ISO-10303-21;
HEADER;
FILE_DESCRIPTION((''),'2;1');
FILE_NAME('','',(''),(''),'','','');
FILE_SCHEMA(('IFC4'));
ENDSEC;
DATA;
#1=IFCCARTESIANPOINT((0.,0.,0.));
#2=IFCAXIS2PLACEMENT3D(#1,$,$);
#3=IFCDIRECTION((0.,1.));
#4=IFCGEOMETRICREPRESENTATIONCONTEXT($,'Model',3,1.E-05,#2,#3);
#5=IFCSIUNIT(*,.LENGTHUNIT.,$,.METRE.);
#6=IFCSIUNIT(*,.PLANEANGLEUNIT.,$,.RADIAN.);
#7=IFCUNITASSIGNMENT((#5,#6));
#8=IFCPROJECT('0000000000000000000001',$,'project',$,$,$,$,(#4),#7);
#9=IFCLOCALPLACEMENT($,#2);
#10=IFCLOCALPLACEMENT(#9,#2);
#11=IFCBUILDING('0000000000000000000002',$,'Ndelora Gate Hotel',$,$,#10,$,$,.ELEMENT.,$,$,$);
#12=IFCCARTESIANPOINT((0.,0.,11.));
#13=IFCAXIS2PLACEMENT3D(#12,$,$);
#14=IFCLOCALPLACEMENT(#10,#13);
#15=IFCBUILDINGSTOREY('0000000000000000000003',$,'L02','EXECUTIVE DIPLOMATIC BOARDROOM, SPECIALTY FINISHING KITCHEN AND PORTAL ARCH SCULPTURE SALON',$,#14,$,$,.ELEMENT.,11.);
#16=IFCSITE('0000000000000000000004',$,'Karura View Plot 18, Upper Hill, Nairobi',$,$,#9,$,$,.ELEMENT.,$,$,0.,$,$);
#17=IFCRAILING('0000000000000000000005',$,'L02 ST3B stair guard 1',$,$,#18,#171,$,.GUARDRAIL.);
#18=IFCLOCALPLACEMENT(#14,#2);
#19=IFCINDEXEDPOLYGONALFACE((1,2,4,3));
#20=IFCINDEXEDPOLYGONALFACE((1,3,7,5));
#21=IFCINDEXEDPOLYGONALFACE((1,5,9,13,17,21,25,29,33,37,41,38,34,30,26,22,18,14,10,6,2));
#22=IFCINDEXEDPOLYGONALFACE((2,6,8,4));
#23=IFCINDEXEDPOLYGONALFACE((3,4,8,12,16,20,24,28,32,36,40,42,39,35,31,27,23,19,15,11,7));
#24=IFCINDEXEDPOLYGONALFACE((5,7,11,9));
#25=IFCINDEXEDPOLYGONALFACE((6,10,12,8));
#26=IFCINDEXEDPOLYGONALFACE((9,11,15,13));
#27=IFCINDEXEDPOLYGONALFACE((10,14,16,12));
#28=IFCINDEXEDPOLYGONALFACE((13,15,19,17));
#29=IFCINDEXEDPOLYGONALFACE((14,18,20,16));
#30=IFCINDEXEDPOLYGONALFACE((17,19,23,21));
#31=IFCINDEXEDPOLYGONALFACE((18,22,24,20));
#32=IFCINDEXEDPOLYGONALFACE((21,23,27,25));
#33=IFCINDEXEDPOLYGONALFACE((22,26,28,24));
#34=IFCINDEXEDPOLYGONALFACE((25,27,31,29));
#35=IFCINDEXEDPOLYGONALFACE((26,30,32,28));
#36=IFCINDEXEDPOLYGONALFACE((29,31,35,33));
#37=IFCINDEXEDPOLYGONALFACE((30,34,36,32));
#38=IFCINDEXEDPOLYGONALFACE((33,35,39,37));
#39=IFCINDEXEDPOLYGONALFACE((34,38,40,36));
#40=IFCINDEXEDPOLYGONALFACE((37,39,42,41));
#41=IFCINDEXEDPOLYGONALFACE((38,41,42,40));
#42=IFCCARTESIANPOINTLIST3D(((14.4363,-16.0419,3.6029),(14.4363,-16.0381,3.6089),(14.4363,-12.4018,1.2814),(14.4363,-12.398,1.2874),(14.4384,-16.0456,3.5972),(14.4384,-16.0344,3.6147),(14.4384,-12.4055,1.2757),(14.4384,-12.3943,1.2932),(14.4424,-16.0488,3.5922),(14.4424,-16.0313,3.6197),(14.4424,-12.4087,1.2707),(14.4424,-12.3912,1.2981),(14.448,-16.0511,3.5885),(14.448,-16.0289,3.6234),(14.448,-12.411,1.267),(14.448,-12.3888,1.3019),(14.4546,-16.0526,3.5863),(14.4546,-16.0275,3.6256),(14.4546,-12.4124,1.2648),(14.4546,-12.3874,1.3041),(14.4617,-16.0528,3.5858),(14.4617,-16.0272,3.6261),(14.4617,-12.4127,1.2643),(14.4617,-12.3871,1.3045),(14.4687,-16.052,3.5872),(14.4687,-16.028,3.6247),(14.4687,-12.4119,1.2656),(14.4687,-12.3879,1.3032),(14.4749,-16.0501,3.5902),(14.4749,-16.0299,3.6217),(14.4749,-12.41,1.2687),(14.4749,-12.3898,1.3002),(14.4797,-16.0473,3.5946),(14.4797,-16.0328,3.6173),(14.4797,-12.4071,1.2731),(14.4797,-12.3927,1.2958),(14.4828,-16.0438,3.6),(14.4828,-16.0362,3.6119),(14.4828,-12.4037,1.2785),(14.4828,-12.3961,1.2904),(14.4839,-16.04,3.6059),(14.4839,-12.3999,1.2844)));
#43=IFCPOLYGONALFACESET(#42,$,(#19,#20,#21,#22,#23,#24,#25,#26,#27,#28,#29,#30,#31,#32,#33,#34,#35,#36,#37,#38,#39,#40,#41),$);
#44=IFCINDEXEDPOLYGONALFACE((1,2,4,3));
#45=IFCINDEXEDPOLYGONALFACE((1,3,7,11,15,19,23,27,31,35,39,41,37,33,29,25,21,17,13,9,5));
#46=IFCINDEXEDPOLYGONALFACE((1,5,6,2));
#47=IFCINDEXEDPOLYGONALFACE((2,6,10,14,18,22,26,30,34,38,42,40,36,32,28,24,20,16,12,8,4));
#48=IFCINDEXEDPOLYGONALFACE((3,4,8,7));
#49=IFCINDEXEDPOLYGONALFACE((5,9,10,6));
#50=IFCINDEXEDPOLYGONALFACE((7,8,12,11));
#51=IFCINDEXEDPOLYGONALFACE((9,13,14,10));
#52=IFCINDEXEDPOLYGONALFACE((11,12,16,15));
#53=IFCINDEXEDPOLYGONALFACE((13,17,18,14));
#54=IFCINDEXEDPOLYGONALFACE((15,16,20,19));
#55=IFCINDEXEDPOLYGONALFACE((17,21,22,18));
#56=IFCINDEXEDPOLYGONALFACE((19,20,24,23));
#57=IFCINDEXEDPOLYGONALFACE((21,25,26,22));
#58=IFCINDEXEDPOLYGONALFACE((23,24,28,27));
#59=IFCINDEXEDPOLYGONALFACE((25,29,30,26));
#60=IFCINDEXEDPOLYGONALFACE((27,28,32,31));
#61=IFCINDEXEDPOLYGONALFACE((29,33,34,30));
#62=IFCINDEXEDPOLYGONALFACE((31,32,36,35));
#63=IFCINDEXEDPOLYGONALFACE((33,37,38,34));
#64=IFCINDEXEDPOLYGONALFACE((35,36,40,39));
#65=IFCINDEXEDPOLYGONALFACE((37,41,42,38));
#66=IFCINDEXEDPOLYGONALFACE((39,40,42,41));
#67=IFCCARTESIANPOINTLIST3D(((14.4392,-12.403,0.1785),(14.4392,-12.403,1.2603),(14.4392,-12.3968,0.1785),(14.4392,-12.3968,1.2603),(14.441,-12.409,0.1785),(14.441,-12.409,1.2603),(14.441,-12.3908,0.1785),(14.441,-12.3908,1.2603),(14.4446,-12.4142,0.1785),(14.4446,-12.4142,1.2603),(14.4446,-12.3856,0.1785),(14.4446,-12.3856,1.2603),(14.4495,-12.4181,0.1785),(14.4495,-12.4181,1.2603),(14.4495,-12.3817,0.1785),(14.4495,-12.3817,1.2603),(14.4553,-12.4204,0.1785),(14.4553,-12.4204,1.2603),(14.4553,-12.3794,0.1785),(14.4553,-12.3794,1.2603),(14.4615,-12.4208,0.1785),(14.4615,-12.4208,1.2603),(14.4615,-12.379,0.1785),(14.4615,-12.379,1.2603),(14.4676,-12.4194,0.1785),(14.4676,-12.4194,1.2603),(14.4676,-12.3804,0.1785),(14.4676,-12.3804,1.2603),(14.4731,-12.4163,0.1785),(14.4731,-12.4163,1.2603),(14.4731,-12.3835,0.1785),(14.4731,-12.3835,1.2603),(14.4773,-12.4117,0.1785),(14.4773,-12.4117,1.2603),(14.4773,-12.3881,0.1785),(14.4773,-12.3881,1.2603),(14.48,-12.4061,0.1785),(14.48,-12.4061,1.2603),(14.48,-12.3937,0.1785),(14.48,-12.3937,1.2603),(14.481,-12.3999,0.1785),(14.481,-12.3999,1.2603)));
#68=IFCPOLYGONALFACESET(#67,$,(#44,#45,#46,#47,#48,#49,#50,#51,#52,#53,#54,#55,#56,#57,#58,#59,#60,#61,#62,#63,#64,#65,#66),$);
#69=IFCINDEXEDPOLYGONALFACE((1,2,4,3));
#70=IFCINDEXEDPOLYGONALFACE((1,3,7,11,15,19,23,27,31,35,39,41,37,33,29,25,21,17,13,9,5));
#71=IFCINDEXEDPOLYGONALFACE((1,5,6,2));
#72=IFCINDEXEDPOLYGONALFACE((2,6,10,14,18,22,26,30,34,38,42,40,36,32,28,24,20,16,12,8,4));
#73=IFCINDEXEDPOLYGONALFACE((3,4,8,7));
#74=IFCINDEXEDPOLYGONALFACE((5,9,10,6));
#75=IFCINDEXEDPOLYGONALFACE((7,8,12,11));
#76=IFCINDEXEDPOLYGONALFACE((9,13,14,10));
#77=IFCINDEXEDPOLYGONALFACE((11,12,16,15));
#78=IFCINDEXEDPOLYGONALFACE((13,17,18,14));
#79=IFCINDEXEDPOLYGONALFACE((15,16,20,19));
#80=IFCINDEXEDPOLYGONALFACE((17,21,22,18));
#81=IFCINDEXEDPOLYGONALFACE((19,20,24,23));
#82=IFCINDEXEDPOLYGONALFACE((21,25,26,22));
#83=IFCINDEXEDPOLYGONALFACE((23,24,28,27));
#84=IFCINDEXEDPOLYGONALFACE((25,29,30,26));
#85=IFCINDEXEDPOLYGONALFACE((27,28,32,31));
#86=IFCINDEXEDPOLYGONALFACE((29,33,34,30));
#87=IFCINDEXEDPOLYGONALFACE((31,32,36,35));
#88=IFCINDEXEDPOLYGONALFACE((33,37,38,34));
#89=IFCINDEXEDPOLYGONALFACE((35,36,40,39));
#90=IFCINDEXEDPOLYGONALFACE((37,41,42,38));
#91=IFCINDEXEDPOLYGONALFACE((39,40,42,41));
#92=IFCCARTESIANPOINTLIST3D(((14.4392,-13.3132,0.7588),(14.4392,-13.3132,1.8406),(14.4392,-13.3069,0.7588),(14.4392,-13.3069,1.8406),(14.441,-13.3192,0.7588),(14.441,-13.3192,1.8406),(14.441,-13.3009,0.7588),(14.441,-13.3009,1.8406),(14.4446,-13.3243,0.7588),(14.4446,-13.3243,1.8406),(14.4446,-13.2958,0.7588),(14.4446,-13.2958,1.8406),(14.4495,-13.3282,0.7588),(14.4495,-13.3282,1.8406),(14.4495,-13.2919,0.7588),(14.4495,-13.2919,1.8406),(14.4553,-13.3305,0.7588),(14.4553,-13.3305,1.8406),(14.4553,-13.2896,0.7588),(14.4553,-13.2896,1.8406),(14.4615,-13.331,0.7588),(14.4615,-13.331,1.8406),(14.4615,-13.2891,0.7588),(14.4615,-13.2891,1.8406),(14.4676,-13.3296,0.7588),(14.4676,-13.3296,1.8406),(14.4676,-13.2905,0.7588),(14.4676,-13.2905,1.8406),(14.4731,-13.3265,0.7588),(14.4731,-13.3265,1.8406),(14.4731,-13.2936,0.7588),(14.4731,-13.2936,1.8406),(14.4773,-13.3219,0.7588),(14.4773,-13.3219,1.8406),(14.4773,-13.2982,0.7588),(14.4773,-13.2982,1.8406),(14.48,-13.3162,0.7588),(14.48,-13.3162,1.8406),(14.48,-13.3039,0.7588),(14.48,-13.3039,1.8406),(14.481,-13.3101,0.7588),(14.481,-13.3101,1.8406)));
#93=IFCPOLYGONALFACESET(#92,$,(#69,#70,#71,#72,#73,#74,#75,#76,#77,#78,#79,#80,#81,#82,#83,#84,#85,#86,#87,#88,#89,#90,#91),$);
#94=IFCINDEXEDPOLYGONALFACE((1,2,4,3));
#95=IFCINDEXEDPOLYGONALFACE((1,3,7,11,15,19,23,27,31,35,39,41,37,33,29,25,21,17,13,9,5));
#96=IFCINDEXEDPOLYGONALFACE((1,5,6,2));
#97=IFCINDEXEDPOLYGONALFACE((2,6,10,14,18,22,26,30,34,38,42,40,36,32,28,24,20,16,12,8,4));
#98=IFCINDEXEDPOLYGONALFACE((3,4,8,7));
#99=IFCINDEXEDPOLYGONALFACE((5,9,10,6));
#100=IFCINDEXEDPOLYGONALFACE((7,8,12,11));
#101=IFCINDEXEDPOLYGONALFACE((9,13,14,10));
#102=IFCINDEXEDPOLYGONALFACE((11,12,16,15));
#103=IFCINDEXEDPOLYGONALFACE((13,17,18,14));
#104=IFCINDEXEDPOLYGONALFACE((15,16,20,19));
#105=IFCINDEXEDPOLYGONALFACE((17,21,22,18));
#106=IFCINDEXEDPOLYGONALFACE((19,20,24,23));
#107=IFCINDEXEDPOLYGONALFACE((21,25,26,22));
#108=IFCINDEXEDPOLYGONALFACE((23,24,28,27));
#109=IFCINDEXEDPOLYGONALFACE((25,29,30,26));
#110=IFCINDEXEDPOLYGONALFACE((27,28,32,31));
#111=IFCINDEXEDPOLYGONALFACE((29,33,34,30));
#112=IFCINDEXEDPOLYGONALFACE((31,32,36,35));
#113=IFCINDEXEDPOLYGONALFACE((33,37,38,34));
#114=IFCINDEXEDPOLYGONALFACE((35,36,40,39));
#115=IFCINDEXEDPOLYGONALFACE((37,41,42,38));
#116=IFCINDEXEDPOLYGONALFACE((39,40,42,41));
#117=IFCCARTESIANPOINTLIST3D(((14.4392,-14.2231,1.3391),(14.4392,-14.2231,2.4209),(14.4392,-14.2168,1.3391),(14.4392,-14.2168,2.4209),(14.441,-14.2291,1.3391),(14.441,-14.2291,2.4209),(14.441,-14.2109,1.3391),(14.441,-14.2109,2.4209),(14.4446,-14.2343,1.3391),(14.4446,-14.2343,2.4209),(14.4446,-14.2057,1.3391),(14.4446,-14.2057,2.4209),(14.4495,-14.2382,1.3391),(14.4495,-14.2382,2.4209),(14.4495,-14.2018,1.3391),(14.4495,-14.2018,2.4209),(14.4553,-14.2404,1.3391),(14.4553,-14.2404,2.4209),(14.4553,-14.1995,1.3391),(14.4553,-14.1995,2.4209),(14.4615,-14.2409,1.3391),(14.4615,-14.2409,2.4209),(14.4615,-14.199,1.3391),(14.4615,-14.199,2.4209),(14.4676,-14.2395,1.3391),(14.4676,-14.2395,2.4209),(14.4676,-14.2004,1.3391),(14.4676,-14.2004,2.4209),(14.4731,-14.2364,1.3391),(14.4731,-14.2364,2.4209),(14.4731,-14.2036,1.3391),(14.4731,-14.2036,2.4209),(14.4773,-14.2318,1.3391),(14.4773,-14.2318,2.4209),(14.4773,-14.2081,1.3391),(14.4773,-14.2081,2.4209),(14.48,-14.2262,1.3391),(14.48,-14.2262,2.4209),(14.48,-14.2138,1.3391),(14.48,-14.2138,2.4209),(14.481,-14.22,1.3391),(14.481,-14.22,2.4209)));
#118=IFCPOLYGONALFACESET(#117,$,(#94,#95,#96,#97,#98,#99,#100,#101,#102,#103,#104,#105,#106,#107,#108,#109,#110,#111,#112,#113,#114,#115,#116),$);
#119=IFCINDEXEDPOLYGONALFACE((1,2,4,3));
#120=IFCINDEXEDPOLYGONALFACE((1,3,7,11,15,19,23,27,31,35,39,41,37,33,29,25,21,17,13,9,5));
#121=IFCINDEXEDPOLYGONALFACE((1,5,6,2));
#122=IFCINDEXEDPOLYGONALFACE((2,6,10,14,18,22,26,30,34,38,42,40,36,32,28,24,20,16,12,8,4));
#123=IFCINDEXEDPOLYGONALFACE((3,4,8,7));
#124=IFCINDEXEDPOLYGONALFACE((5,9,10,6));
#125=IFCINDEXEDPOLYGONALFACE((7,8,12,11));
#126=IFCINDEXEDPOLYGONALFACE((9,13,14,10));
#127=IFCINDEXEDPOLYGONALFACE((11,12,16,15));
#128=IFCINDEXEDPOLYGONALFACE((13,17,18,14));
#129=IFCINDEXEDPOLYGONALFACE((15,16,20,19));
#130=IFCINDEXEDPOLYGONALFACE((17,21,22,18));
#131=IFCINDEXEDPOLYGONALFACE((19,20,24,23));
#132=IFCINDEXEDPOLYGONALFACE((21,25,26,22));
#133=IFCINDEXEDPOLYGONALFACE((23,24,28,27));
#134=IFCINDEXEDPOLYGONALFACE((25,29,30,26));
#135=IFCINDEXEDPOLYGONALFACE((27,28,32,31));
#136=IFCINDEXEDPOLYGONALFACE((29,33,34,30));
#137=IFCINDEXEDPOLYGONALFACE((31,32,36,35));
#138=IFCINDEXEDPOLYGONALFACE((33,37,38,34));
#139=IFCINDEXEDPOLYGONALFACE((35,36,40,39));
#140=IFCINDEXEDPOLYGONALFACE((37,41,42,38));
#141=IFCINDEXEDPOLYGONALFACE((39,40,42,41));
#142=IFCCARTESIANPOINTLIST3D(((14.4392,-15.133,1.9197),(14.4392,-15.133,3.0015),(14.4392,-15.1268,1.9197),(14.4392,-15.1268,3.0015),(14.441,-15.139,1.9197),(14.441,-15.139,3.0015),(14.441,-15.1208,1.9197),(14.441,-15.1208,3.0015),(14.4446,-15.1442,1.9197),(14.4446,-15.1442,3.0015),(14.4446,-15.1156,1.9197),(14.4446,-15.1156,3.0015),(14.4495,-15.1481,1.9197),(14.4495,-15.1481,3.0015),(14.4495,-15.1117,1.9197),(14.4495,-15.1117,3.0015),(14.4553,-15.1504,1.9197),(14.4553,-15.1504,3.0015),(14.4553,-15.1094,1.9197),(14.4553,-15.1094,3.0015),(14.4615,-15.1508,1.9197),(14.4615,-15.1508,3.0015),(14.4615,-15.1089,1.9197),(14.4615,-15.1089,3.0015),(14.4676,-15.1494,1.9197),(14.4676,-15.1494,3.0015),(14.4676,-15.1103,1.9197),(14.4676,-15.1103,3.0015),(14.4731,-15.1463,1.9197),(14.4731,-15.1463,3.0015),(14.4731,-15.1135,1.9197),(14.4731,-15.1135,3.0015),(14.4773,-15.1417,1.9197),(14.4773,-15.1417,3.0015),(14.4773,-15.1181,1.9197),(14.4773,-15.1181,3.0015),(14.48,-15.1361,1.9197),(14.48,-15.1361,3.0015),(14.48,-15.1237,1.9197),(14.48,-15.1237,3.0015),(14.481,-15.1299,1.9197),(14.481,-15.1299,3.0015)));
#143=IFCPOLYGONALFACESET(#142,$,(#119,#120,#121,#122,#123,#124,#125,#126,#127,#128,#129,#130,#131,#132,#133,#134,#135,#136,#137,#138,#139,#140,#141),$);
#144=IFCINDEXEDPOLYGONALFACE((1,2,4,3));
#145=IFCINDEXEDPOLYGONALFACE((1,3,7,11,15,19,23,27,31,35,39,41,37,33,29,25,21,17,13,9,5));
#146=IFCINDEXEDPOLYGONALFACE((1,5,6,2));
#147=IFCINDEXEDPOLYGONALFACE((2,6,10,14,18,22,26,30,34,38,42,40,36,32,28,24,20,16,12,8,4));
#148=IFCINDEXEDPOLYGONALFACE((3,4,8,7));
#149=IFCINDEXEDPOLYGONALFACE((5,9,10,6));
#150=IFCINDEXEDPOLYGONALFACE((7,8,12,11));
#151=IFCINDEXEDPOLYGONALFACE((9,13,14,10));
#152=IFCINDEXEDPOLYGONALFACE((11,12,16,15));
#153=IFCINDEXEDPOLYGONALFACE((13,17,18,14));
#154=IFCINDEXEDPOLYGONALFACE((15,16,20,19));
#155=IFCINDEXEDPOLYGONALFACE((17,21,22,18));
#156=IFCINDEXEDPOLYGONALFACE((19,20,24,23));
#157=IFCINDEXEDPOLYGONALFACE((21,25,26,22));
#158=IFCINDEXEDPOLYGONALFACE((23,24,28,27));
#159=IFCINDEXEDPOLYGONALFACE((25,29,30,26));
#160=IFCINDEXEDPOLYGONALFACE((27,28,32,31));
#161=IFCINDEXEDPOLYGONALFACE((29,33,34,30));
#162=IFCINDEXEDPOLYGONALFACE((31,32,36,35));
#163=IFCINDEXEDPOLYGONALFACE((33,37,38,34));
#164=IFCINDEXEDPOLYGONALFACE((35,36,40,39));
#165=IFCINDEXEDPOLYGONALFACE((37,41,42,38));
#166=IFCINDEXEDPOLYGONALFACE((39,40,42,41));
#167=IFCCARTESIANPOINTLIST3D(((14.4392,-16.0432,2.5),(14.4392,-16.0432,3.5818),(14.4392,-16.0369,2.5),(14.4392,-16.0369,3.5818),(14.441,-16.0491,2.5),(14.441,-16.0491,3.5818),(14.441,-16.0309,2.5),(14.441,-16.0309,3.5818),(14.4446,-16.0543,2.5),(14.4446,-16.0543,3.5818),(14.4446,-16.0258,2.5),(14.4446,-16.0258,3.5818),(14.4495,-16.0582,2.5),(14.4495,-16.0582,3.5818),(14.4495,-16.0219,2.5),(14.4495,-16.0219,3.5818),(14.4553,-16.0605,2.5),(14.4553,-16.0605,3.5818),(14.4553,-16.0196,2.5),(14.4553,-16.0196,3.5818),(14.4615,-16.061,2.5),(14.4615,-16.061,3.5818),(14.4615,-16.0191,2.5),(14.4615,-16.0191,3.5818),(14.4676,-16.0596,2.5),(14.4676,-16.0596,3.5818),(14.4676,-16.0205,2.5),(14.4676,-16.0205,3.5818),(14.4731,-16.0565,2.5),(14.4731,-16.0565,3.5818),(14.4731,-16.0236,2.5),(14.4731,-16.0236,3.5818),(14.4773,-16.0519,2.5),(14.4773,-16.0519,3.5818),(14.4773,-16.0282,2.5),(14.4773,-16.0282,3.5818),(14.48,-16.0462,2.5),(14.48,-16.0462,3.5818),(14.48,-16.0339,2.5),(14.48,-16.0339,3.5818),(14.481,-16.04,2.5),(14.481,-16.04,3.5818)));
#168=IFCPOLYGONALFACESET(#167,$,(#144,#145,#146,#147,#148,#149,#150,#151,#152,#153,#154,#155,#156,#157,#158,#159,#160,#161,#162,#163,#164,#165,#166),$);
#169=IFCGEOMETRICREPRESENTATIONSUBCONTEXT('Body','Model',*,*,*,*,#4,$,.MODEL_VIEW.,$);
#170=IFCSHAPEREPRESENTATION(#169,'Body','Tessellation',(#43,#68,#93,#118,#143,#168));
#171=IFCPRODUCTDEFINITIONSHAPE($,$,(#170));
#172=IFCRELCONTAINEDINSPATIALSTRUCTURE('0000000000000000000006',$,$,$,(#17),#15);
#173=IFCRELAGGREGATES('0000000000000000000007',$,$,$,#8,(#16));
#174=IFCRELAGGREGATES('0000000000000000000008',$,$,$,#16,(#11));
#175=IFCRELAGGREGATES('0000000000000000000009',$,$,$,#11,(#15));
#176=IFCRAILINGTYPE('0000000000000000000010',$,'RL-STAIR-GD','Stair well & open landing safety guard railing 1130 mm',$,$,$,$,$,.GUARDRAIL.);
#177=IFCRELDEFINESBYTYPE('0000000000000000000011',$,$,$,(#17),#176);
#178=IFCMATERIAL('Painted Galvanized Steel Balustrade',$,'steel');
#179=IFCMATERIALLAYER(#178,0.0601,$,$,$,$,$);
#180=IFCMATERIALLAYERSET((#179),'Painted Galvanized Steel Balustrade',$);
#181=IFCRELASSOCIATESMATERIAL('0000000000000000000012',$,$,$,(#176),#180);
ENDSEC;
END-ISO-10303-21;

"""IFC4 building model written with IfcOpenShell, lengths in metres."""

from ifc_helpers import new_model, si_unit, direction, frame, origin, origin_2d, place, context, subcontext, project, spatial, circle, extrude, material, layer, layer_set, type_object, element, save


model = new_model("IFC4")

# Units and contexts
model_context = context("Model", 3, precision=1e-05, world=origin(), true_north=direction((0.0, 1.0)))
body_context = subcontext(model_context, "Body", "Model", "MODEL_VIEW")
ifc_project = project(units=[si_unit("LENGTHUNIT", "METRE"), si_unit("PLANEANGLEUNIT", "RADIAN")], contexts=[model_context])

# Site, building, storey
site_placement = place(None, origin())
site = spatial("IfcSite", under=ifc_project, at=site_placement, Name="Karura View Plot 18, Upper Hill, Nairobi", CompositionType="ELEMENT", RefElevation=0.0)
building_placement = place(site_placement, origin())
building = spatial("IfcBuilding", under=site, at=building_placement, Name="Ndelora Gate Hotel", CompositionType="ELEMENT")
storey_placement = place(building_placement, frame((0.0, 0.0, 11.0)))
storey = spatial("IfcBuildingStorey", under=building, at=storey_placement, Name="L02", Description="EXECUTIVE DIPLOMATIC BOARDROOM, SPECIALTY FINISHING KITCHEN AND PORTAL ARCH SCULPTURE SALON", CompositionType="ELEMENT", Elevation=11.0)

# Railing
ifc_material_1 = material(Name="Painted Galvanized Steel Balustrade", Category="steel")
ifc_layer_1 = layer(ifc_material_1, 0.0601)
ifc_layer_set_1 = layer_set([ifc_layer_1], Name="Painted Galvanized Steel Balustrade")
railing_type_1 = type_object("IfcRailingType", Name="RL-STAIR-GD", Description="Stair well & open landing safety guard railing 1130 mm", PredefinedType="GUARDRAIL", material=ifc_layer_set_1)
railing_1_placement = place(storey_placement, frame((14.46, -12.3999, 0.1785)))
element("IfcRailing", 1, at=railing_1_placement, inside=storey, type_object=railing_type_1, Name="L02 ST3B stair guard 1", PredefinedType="GUARDRAIL", context=body_context, shape_type="SweptSolid", body=[
    extrude(circle(Radius=0.0239, at=origin_2d()), frame((0.0, 0.0, 1.106), z_axis=(0.0, -0.843128, 0.537713), x_axis=(1.0, 0.0, 0.0)), (0.0, 0.0, 1.0), 4.3174),
    extrude(circle(Radius=0.021, at=origin_2d()), origin(), (0.0, 0.0, 1.0), 1.0818),
    extrude(circle(Radius=0.021, at=origin_2d()), frame((0.0, -0.9102, 0.5803)), (0.0, 0.0, 1.0), 1.0818),
    extrude(circle(Radius=0.021, at=origin_2d()), frame((0.0, -1.8201, 1.1606)), (0.0, 0.0, 1.0), 1.0818),
    extrude(circle(Radius=0.021, at=origin_2d()), frame((0.0, -2.73, 1.7412)), (0.0, 0.0, 1.0), 1.0818),
    extrude(circle(Radius=0.021, at=origin_2d()), frame((0.0, -3.6401, 2.3215)), (0.0, 0.0, 1.0), 1.0818),
])

save(model, "model.ifc")
